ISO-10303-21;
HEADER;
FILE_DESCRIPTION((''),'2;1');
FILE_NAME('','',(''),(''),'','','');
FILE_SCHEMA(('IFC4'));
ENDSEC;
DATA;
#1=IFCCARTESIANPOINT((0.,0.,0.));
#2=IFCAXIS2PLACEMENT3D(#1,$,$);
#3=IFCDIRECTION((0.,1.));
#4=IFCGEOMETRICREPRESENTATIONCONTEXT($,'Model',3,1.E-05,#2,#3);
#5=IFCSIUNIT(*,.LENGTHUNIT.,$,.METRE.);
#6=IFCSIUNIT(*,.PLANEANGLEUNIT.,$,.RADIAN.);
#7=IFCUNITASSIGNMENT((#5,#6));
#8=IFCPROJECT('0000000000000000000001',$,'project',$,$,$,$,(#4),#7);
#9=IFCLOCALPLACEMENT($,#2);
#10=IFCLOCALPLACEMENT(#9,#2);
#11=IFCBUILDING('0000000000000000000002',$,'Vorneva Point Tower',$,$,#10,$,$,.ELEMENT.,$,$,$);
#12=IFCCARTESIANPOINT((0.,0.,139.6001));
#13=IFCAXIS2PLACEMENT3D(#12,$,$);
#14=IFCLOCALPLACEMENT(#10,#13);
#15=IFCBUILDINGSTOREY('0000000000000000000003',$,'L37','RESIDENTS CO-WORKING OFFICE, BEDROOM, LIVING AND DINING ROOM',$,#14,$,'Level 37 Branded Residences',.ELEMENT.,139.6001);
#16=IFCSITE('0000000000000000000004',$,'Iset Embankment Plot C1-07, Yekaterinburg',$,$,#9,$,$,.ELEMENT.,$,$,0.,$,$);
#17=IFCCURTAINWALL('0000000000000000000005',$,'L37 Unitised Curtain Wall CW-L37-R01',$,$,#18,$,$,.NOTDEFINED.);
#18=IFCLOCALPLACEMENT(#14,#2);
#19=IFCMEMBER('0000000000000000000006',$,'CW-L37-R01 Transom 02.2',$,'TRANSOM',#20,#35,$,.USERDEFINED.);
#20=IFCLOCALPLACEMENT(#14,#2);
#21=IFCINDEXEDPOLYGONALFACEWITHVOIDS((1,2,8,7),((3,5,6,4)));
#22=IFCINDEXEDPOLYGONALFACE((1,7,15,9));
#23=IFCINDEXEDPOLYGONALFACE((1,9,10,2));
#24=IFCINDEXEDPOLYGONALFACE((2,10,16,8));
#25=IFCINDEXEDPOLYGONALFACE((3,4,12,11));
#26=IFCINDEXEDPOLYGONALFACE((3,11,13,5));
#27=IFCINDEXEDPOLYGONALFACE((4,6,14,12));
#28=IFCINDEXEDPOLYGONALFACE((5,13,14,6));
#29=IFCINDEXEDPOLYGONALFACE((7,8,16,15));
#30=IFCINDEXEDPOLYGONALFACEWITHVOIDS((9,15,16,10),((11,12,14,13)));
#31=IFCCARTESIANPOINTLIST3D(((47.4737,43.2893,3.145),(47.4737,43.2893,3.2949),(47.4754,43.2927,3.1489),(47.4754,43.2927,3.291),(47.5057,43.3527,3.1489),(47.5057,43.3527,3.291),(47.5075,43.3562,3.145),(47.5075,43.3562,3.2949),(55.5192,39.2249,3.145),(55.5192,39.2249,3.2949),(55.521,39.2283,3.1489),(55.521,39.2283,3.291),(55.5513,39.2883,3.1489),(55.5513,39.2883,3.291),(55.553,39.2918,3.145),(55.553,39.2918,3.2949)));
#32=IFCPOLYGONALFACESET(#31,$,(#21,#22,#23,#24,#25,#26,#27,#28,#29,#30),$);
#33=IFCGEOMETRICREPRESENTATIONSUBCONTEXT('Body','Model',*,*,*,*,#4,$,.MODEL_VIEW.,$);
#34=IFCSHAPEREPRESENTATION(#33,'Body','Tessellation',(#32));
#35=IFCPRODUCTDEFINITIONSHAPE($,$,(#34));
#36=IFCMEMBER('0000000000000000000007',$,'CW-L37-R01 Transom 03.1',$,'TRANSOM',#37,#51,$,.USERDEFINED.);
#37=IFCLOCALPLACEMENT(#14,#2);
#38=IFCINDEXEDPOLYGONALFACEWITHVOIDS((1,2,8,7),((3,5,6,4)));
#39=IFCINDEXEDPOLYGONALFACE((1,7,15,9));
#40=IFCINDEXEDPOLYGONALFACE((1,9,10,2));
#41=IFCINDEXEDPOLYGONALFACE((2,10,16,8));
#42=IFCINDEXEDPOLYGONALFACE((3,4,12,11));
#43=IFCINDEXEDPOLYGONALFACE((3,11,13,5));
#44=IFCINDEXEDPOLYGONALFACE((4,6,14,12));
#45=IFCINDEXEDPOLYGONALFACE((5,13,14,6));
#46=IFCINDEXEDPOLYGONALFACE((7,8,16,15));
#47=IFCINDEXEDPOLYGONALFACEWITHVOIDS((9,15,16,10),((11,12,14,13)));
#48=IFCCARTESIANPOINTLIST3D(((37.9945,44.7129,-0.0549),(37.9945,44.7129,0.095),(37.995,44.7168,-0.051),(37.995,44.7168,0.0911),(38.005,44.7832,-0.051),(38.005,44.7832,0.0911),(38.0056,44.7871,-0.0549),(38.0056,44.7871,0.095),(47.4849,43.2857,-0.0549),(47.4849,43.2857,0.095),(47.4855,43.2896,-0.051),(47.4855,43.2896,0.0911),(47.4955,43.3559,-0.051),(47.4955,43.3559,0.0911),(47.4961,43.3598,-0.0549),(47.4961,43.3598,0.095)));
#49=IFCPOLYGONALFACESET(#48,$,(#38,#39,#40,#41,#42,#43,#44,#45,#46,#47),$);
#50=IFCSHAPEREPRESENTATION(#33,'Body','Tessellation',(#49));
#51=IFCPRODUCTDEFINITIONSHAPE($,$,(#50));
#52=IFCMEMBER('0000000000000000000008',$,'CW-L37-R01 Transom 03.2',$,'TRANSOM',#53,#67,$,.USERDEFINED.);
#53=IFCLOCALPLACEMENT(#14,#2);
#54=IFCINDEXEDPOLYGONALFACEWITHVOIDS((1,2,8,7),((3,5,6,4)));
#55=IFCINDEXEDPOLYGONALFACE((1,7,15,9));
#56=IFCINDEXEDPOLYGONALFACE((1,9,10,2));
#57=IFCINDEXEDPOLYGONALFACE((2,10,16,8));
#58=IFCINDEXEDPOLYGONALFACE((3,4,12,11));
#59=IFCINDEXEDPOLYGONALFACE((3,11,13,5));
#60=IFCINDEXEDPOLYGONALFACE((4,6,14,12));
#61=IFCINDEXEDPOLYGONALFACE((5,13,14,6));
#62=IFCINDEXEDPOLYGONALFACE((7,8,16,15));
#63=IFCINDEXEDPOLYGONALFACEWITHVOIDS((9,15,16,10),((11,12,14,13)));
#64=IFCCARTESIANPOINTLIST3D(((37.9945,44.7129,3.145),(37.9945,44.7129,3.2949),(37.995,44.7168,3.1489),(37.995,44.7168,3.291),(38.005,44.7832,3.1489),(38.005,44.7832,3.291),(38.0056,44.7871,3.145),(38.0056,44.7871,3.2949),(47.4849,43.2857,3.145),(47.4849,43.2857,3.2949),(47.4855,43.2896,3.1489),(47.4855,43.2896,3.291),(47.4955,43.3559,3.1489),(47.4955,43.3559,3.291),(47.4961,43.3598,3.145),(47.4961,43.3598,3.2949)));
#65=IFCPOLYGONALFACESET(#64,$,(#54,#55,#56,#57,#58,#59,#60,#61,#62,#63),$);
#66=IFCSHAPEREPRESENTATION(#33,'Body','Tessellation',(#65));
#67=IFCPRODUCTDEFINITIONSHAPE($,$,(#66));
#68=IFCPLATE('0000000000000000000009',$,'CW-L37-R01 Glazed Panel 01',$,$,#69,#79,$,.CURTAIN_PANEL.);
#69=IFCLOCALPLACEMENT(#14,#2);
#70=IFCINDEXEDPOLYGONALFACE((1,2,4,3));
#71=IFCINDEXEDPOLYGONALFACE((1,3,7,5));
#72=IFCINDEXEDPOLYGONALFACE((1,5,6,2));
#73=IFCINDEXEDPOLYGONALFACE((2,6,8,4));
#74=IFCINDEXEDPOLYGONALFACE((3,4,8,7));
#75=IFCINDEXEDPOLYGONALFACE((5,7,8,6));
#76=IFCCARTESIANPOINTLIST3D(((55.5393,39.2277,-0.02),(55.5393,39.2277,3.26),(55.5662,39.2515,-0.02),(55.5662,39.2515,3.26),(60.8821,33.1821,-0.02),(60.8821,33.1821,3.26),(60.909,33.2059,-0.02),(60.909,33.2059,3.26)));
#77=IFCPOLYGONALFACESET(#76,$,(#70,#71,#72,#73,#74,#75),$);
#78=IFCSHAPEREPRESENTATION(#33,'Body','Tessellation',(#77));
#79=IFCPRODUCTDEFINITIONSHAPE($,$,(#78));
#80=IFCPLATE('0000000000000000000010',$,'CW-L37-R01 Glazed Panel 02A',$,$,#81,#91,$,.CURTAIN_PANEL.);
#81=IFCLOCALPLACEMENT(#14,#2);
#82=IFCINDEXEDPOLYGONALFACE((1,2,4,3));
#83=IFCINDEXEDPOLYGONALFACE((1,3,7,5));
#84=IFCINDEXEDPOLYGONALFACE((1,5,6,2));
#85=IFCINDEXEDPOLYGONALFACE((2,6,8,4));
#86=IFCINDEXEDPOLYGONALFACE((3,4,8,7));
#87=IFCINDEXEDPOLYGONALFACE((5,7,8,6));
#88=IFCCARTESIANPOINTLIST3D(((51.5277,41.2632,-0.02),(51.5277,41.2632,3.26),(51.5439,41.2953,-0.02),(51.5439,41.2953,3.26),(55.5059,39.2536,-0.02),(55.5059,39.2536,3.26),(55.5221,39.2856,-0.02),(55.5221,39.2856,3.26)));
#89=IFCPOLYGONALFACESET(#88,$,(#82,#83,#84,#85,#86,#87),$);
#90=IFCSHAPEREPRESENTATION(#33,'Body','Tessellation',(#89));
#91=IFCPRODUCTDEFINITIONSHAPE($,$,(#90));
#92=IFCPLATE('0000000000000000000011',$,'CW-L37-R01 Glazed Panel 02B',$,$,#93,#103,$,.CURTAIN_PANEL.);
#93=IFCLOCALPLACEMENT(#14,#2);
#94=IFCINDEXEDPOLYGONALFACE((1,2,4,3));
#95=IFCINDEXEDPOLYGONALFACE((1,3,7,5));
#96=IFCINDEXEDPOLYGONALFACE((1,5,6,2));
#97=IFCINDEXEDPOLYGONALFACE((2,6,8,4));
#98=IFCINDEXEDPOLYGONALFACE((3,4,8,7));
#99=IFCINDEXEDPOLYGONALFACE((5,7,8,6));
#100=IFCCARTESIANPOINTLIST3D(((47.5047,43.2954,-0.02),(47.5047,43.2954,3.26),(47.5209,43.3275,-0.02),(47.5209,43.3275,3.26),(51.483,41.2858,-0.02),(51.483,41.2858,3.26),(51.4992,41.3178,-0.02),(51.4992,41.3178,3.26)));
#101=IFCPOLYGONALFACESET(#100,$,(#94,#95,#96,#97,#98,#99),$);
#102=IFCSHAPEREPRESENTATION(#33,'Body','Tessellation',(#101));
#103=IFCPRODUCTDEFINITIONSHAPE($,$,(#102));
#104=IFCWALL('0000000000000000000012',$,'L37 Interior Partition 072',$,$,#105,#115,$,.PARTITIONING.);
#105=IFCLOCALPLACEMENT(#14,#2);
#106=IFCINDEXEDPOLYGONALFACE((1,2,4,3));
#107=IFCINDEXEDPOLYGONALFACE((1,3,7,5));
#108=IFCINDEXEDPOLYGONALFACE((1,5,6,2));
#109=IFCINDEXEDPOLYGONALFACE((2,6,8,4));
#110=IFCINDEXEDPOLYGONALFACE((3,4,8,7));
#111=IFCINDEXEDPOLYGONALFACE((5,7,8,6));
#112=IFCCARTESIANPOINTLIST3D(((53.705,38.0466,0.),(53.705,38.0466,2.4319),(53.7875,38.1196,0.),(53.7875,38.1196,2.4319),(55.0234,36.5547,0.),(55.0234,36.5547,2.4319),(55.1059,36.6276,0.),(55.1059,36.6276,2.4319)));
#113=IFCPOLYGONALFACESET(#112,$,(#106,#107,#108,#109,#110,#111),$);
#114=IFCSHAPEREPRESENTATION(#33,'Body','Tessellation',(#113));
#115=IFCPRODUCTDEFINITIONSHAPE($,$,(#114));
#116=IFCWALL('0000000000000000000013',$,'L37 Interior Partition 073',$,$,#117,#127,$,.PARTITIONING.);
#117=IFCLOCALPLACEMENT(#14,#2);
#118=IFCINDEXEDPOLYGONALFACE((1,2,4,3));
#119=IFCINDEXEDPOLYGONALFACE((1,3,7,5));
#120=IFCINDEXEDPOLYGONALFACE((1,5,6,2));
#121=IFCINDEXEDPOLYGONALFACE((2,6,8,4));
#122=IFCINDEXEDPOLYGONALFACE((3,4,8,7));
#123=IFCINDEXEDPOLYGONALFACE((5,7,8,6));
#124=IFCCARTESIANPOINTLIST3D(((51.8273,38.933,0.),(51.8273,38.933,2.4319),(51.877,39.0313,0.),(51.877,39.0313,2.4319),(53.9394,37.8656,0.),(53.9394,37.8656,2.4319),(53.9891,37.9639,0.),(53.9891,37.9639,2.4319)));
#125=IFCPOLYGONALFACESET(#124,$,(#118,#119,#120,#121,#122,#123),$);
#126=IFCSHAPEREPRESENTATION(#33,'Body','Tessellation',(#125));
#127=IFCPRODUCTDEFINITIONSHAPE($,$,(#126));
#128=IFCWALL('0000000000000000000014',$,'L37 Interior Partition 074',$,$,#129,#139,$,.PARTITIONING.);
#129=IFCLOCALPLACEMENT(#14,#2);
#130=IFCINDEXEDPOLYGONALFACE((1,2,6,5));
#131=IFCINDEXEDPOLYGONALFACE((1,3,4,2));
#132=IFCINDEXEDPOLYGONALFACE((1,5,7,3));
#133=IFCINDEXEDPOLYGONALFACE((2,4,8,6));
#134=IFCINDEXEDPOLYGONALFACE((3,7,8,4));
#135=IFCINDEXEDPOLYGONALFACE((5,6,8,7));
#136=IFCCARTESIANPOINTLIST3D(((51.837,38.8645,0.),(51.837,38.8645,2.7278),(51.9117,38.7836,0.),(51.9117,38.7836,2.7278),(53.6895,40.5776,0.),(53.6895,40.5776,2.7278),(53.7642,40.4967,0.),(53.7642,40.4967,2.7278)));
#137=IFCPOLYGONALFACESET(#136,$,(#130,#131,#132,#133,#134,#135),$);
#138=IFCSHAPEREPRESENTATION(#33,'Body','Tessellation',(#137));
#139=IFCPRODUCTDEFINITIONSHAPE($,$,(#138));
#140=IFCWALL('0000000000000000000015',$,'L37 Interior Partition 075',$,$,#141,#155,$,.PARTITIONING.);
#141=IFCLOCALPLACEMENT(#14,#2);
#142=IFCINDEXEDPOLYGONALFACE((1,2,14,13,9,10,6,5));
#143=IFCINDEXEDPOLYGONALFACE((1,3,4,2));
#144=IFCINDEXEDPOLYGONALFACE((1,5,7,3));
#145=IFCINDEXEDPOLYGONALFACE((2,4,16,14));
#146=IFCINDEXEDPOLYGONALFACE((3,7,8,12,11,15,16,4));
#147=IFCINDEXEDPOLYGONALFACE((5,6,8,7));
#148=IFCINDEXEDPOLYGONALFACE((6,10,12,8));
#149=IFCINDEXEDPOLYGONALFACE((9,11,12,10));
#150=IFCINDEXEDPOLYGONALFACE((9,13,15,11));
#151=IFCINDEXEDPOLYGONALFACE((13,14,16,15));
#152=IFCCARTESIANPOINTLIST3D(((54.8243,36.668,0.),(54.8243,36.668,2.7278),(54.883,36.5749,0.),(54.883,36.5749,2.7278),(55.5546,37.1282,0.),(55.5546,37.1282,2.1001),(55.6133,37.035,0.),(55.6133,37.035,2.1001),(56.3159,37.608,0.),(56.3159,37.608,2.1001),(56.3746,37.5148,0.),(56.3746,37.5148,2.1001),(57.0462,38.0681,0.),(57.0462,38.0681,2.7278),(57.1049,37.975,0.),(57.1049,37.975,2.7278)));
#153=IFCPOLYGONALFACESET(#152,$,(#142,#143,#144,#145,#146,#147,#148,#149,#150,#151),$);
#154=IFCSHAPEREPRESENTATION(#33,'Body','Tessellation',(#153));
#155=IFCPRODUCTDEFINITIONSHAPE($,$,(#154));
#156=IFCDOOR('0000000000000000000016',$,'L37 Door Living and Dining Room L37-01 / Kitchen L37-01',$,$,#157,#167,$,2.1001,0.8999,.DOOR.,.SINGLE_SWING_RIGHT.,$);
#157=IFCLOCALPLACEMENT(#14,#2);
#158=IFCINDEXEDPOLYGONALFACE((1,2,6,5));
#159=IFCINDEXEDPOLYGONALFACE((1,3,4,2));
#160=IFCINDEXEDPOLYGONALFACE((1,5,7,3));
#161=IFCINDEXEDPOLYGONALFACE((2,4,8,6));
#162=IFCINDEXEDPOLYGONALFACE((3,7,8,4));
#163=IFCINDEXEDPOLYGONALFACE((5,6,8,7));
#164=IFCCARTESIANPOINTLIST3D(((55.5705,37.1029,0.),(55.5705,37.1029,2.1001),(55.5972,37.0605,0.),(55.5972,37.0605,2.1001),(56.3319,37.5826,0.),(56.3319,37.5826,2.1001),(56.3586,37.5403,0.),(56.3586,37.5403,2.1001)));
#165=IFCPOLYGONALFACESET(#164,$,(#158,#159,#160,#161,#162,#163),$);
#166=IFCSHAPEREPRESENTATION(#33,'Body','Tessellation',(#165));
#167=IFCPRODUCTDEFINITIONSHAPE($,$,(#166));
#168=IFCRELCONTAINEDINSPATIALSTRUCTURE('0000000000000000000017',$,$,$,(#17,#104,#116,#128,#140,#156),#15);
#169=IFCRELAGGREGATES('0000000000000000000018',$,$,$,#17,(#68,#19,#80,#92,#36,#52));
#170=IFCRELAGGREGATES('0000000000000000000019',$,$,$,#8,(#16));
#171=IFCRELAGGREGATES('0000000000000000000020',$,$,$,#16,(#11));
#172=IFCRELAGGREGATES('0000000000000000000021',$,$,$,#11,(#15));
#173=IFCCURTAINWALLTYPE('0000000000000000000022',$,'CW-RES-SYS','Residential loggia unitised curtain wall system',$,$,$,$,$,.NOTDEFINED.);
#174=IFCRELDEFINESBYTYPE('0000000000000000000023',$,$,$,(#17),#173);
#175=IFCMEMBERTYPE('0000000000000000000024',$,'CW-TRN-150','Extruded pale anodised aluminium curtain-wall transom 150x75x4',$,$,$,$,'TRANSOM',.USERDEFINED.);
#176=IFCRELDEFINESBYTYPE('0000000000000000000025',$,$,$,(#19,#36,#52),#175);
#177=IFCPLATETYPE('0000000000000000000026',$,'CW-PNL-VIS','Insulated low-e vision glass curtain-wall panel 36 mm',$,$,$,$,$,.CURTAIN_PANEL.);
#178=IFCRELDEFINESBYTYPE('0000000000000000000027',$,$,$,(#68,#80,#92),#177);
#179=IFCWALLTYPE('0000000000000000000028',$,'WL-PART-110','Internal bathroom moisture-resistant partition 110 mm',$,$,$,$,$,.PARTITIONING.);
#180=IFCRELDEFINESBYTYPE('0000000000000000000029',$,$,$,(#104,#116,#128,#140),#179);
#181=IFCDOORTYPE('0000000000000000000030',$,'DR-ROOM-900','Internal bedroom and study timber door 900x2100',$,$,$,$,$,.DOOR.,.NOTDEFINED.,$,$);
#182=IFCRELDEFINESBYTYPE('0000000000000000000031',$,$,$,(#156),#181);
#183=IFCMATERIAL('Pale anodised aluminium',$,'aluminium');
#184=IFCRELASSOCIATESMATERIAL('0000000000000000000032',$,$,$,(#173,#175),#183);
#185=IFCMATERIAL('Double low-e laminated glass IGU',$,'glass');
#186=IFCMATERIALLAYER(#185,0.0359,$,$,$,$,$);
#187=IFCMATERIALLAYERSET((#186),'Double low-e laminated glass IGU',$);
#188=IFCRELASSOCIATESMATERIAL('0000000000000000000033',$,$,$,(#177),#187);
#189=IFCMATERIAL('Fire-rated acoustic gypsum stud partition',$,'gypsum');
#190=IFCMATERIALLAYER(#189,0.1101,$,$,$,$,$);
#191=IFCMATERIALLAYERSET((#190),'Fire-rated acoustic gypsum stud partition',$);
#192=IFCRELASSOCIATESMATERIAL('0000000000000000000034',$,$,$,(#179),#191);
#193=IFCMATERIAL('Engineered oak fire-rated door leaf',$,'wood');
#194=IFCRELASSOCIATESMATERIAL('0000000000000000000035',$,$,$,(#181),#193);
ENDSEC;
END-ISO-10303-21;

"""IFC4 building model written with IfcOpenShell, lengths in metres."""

from ifc_helpers import new_model, si_unit, direction, frame, frame_2d, origin, origin_2d, place, context, subcontext, project, spatial, rectangle, hollow_rectangle, extrude, material, layer, layer_set, material_profile, profile_set, type_object, element, fill, aggregate, save


model = new_model("IFC4")

# Units and contexts
model_context = context("Model", 3, precision=1e-05, world=origin(), true_north=direction((0.0, 1.0)))
body_context = subcontext(model_context, "Body", "Model", "MODEL_VIEW")
ifc_project = project(units=[si_unit("LENGTHUNIT", "METRE"), si_unit("PLANEANGLEUNIT", "RADIAN")], contexts=[model_context])

# Site, building, storey
site_placement = place(None, origin())
site = spatial("IfcSite", under=ifc_project, at=site_placement, Name="Iset Embankment Plot C1-07, Yekaterinburg", CompositionType="ELEMENT", RefElevation=0.0)
building_placement = place(site_placement, origin())
building = spatial("IfcBuilding", under=site, at=building_placement, Name="Vorneva Point Tower", CompositionType="ELEMENT")
storey_placement = place(building_placement, frame((0.0, 0.0, 139.6001)))
storey = spatial("IfcBuildingStorey", under=building, at=storey_placement, Name="L37", Description="RESIDENTS CO-WORKING OFFICE, BEDROOM, LIVING AND DINING ROOM", LongName="Level 37 Branded Residences", CompositionType="ELEMENT", Elevation=139.6001)

# Curtain wall, members, plates
ifc_material_1 = material(Name="Pale anodised aluminium", Category="aluminium")
curtain_wall_type = type_object("IfcCurtainWallType", Name="CW-RES-SYS", Description="Residential loggia unitised curtain wall system", PredefinedType="NOTDEFINED", material=ifc_material_1)
curtain_wall_placement = place(storey_placement, origin())
curtain_wall = element("IfcCurtainWall", 1, at=curtain_wall_placement, inside=storey, type_object=curtain_wall_type, Name="L37 Unitised Curtain Wall CW-L37-R01", PredefinedType="NOTDEFINED")
ifc_material_profile_1 = material_profile(ifc_material_1, hollow_rectangle(XDim=0.075, YDim=0.1499, WallThickness=0.0039, at=origin_2d()), Name="AL-TRN 150x75x4")
ifc_profile_set_1 = profile_set([ifc_material_profile_1], Name="Pale anodised aluminium")
member_type_1 = type_object("IfcMemberType", Name="CW-TRN-150", Description="Extruded pale anodised aluminium curtain-wall transom 150x75x4", ElementType="TRANSOM", PredefinedType="USERDEFINED", material=ifc_profile_set_1)
member_1_placement = place(storey_placement, frame((55.5361, 39.2583, 3.22), z_axis=(-0.892572, 0.450904, 0.0), x_axis=(-0.450904, -0.892572, 0.0)))
member_1 = element("IfcMember", 2, at=member_1_placement, type_object=member_type_1, Name="CW-L37-R01 Transom 02.2", ObjectType="TRANSOM", PredefinedType="USERDEFINED", context=body_context, shape_type="SweptSolid", body=[
    extrude(hollow_rectangle(XDim=0.075, YDim=0.1499, WallThickness=0.0039, at=origin_2d()), origin(), (0.0, 0.0, 1.0), 9.0139),
])
member_2_placement = place(storey_placement, frame((47.4905, 43.3228, 0.02), z_axis=(-0.98888, 0.148715, 0.0), x_axis=(-0.148715, -0.98888, 0.0)))
member_2 = element("IfcMember", 3, at=member_2_placement, type_object=member_type_1, Name="CW-L37-R01 Transom 03.1", ObjectType="TRANSOM", PredefinedType="USERDEFINED", context=body_context, shape_type="SweptSolid", body=[
    extrude(hollow_rectangle(XDim=0.075, YDim=0.1499, WallThickness=0.0039, at=origin_2d()), origin(), (0.0, 0.0, 1.0), 9.5972),
])
member_3_placement = place(storey_placement, frame((47.4905, 43.3228, 3.22), z_axis=(-0.98888, 0.148715, 0.0), x_axis=(-0.148715, -0.98888, 0.0)))
member_3 = element("IfcMember", 4, at=member_3_placement, type_object=member_type_1, Name="CW-L37-R01 Transom 03.2", ObjectType="TRANSOM", PredefinedType="USERDEFINED", context=body_context, shape_type="SweptSolid", body=[
    extrude(hollow_rectangle(XDim=0.075, YDim=0.1499, WallThickness=0.0039, at=origin_2d()), origin(), (0.0, 0.0, 1.0), 9.5972),
])
ifc_material_2 = material(Name="Double low-e laminated glass IGU", Category="glass")
ifc_layer_1 = layer(ifc_material_2, 0.0359)
ifc_layer_set_1 = layer_set([ifc_layer_1], Name="Double low-e laminated glass IGU")
plate_type = type_object("IfcPlateType", Name="CW-PNL-VIS", Description="Insulated low-e vision glass curtain-wall panel 36 mm", PredefinedType="CURTAIN_PANEL", material=ifc_layer_set_1)
plate_1_placement = place(storey_placement, frame((58.2241, 36.2168, -0.02), z_axis=(0.0, 0.0, 1.0), x_axis=(-0.662215, 0.749314, 0.0)))
plate_1 = element("IfcPlate", 5, at=plate_1_placement, type_object=plate_type, Name="CW-L37-R01 Glazed Panel 01", PredefinedType="CURTAIN_PANEL", context=body_context, shape_type="SweptSolid", body=[
    extrude(rectangle(XDim=8.0681, YDim=0.0359, at=origin_2d()), origin(), (0.0, 0.0, 1.0), 3.28),
])
plate_2_placement = place(storey_placement, frame((53.5249, 40.2744, -0.02), z_axis=(0.0, 0.0, 1.0), x_axis=(-0.892578, 0.450893, 0.0)))
plate_2 = element("IfcPlate", 6, at=plate_2_placement, type_object=plate_type, Name="CW-L37-R01 Glazed Panel 02A", PredefinedType="CURTAIN_PANEL", context=body_context, shape_type="SweptSolid", body=[
    extrude(rectangle(XDim=4.457, YDim=0.0359, at=origin_2d()), origin(), (0.0, 0.0, 1.0), 3.28),
])
plate_3_placement = place(storey_placement, frame((49.502, 42.3066, -0.02), z_axis=(0.0, 0.0, 1.0), x_axis=(-0.892578, 0.450893, 0.0)))
plate_3 = element("IfcPlate", 7, at=plate_3_placement, type_object=plate_type, Name="CW-L37-R01 Glazed Panel 02B", PredefinedType="CURTAIN_PANEL", context=body_context, shape_type="SweptSolid", body=[
    extrude(rectangle(XDim=4.457, YDim=0.0359, at=origin_2d()), origin(), (0.0, 0.0, 1.0), 3.28),
])
aggregate(curtain_wall, [plate_1, member_1, plate_2, plate_3, member_2, member_3])

# Walls
ifc_material_3 = material(Name="Fire-rated acoustic gypsum stud partition", Category="gypsum")
ifc_layer_2 = layer(ifc_material_3, 0.1101)
ifc_layer_set_2 = layer_set([ifc_layer_2], Name="Fire-rated acoustic gypsum stud partition")
wall_type_1 = type_object("IfcWallType", Name="WL-PART-110", Description="Internal bathroom moisture-resistant partition 110 mm", PredefinedType="PARTITIONING", material=ifc_layer_set_2)
wall_1_placement = place(storey_placement, frame((55.0647, 36.5911, 0.0), z_axis=(0.0, 0.0, 1.0), x_axis=(-0.662169, 0.749355, 0.0)))
element("IfcWall", 8, at=wall_1_placement, inside=storey, type_object=wall_type_1, Name="L37 Interior Partition 072", PredefinedType="PARTITIONING", context=body_context, shape_type="SweptSolid", body=[
    extrude(rectangle(XDim=1.991, YDim=0.1101, at=frame_2d((0.9956, 0.0))), origin(), (0.0, 0.0, 1.0), 2.4319),
])
wall_2_placement = place(storey_placement, frame((53.9641, 37.9148, 0.0), z_axis=(0.0, 0.0, 1.0), x_axis=(-0.8925, 0.451047, 0.0)))
element("IfcWall", 9, at=wall_2_placement, inside=storey, type_object=wall_type_1, Name="L37 Interior Partition 073", PredefinedType="PARTITIONING", context=body_context, shape_type="SweptSolid", body=[
    extrude(rectangle(XDim=2.3665, YDim=0.1101, at=frame_2d((1.1831, 0.0))), origin(), (0.0, 0.0, 1.0), 2.4319),
])
wall_3_placement = place(storey_placement, frame((51.8743, 38.824, 0.0), z_axis=(0.0, 0.0, 1.0), x_axis=(0.734191, 0.678943, 0.0)))
element("IfcWall", 10, at=wall_3_placement, inside=storey, type_object=wall_type_1, Name="L37 Interior Partition 074", PredefinedType="PARTITIONING", context=body_context, shape_type="SweptSolid", body=[
    extrude(rectangle(XDim=2.5232, YDim=0.1101, at=frame_2d((1.2617, 0.0))), origin(), (0.0, 0.0, 1.0), 2.7278),
])

# Wall, opening, door
wall_4_placement = place(storey_placement, frame((57.0754, 38.0215, 0.0), z_axis=(0.0, 0.0, 1.0), x_axis=(-0.846034, -0.533129, 0.0)))
wall_4 = element("IfcWall", 11, at=wall_4_placement, inside=storey, type_object=wall_type_1, Name="L37 Interior Partition 075", PredefinedType="PARTITIONING", context=body_context, shape_type="SweptSolid", body=[
    extrude(rectangle(XDim=2.6262, YDim=0.1101, at=frame_2d((1.313, 0.0))), origin(), (0.0, 0.0, 1.0), 2.7278),
])
opening_1_placement = place(wall_4_placement, frame((0.863, 0.0, 0.0)))
opening_1 = element("IfcOpeningElement", 12, at=opening_1_placement, cuts=wall_4, PredefinedType="OPENING", context=body_context, shape_type="SweptSolid", body=[
    extrude(rectangle(XDim=0.8999, YDim=2.1001, at=frame_2d((0.45, 1.05))), frame((0.0, 0.0698, 0.0), z_axis=(0.0, -1.0, 0.0), x_axis=(1.0, 0.0, 0.0)), (0.0, 0.0, 1.0), 0.1399),
])
ifc_material_4 = material(Name="Engineered oak fire-rated door leaf", Category="wood")
door_type = type_object("IfcDoorType", Name="DR-ROOM-900", Description="Internal bedroom and study timber door 900x2100", OperationType="NOTDEFINED", PredefinedType="DOOR", material=ifc_material_4)
door_1_placement = place(opening_1_placement, origin())
door_1 = element("IfcDoor", 13, at=door_1_placement, inside=storey, type_object=door_type, Name="L37 Door Living and Dining Room L37-01 / Kitchen L37-01", OperationType="SINGLE_SWING_RIGHT", OverallHeight=2.1001, OverallWidth=0.8999, PredefinedType="DOOR", context=body_context, shape_type="SweptSolid", body=[
    extrude(rectangle(XDim=0.8999, YDim=2.1001, at=frame_2d((0.45, 1.05))), frame((0.0, 0.0249, 0.0), z_axis=(0.0, -1.0, 0.0), x_axis=(1.0, 0.0, 0.0)), (0.0, 0.0, 1.0), 0.05),
])
fill(opening_1, door_1)

save(model, "model.ifc")
